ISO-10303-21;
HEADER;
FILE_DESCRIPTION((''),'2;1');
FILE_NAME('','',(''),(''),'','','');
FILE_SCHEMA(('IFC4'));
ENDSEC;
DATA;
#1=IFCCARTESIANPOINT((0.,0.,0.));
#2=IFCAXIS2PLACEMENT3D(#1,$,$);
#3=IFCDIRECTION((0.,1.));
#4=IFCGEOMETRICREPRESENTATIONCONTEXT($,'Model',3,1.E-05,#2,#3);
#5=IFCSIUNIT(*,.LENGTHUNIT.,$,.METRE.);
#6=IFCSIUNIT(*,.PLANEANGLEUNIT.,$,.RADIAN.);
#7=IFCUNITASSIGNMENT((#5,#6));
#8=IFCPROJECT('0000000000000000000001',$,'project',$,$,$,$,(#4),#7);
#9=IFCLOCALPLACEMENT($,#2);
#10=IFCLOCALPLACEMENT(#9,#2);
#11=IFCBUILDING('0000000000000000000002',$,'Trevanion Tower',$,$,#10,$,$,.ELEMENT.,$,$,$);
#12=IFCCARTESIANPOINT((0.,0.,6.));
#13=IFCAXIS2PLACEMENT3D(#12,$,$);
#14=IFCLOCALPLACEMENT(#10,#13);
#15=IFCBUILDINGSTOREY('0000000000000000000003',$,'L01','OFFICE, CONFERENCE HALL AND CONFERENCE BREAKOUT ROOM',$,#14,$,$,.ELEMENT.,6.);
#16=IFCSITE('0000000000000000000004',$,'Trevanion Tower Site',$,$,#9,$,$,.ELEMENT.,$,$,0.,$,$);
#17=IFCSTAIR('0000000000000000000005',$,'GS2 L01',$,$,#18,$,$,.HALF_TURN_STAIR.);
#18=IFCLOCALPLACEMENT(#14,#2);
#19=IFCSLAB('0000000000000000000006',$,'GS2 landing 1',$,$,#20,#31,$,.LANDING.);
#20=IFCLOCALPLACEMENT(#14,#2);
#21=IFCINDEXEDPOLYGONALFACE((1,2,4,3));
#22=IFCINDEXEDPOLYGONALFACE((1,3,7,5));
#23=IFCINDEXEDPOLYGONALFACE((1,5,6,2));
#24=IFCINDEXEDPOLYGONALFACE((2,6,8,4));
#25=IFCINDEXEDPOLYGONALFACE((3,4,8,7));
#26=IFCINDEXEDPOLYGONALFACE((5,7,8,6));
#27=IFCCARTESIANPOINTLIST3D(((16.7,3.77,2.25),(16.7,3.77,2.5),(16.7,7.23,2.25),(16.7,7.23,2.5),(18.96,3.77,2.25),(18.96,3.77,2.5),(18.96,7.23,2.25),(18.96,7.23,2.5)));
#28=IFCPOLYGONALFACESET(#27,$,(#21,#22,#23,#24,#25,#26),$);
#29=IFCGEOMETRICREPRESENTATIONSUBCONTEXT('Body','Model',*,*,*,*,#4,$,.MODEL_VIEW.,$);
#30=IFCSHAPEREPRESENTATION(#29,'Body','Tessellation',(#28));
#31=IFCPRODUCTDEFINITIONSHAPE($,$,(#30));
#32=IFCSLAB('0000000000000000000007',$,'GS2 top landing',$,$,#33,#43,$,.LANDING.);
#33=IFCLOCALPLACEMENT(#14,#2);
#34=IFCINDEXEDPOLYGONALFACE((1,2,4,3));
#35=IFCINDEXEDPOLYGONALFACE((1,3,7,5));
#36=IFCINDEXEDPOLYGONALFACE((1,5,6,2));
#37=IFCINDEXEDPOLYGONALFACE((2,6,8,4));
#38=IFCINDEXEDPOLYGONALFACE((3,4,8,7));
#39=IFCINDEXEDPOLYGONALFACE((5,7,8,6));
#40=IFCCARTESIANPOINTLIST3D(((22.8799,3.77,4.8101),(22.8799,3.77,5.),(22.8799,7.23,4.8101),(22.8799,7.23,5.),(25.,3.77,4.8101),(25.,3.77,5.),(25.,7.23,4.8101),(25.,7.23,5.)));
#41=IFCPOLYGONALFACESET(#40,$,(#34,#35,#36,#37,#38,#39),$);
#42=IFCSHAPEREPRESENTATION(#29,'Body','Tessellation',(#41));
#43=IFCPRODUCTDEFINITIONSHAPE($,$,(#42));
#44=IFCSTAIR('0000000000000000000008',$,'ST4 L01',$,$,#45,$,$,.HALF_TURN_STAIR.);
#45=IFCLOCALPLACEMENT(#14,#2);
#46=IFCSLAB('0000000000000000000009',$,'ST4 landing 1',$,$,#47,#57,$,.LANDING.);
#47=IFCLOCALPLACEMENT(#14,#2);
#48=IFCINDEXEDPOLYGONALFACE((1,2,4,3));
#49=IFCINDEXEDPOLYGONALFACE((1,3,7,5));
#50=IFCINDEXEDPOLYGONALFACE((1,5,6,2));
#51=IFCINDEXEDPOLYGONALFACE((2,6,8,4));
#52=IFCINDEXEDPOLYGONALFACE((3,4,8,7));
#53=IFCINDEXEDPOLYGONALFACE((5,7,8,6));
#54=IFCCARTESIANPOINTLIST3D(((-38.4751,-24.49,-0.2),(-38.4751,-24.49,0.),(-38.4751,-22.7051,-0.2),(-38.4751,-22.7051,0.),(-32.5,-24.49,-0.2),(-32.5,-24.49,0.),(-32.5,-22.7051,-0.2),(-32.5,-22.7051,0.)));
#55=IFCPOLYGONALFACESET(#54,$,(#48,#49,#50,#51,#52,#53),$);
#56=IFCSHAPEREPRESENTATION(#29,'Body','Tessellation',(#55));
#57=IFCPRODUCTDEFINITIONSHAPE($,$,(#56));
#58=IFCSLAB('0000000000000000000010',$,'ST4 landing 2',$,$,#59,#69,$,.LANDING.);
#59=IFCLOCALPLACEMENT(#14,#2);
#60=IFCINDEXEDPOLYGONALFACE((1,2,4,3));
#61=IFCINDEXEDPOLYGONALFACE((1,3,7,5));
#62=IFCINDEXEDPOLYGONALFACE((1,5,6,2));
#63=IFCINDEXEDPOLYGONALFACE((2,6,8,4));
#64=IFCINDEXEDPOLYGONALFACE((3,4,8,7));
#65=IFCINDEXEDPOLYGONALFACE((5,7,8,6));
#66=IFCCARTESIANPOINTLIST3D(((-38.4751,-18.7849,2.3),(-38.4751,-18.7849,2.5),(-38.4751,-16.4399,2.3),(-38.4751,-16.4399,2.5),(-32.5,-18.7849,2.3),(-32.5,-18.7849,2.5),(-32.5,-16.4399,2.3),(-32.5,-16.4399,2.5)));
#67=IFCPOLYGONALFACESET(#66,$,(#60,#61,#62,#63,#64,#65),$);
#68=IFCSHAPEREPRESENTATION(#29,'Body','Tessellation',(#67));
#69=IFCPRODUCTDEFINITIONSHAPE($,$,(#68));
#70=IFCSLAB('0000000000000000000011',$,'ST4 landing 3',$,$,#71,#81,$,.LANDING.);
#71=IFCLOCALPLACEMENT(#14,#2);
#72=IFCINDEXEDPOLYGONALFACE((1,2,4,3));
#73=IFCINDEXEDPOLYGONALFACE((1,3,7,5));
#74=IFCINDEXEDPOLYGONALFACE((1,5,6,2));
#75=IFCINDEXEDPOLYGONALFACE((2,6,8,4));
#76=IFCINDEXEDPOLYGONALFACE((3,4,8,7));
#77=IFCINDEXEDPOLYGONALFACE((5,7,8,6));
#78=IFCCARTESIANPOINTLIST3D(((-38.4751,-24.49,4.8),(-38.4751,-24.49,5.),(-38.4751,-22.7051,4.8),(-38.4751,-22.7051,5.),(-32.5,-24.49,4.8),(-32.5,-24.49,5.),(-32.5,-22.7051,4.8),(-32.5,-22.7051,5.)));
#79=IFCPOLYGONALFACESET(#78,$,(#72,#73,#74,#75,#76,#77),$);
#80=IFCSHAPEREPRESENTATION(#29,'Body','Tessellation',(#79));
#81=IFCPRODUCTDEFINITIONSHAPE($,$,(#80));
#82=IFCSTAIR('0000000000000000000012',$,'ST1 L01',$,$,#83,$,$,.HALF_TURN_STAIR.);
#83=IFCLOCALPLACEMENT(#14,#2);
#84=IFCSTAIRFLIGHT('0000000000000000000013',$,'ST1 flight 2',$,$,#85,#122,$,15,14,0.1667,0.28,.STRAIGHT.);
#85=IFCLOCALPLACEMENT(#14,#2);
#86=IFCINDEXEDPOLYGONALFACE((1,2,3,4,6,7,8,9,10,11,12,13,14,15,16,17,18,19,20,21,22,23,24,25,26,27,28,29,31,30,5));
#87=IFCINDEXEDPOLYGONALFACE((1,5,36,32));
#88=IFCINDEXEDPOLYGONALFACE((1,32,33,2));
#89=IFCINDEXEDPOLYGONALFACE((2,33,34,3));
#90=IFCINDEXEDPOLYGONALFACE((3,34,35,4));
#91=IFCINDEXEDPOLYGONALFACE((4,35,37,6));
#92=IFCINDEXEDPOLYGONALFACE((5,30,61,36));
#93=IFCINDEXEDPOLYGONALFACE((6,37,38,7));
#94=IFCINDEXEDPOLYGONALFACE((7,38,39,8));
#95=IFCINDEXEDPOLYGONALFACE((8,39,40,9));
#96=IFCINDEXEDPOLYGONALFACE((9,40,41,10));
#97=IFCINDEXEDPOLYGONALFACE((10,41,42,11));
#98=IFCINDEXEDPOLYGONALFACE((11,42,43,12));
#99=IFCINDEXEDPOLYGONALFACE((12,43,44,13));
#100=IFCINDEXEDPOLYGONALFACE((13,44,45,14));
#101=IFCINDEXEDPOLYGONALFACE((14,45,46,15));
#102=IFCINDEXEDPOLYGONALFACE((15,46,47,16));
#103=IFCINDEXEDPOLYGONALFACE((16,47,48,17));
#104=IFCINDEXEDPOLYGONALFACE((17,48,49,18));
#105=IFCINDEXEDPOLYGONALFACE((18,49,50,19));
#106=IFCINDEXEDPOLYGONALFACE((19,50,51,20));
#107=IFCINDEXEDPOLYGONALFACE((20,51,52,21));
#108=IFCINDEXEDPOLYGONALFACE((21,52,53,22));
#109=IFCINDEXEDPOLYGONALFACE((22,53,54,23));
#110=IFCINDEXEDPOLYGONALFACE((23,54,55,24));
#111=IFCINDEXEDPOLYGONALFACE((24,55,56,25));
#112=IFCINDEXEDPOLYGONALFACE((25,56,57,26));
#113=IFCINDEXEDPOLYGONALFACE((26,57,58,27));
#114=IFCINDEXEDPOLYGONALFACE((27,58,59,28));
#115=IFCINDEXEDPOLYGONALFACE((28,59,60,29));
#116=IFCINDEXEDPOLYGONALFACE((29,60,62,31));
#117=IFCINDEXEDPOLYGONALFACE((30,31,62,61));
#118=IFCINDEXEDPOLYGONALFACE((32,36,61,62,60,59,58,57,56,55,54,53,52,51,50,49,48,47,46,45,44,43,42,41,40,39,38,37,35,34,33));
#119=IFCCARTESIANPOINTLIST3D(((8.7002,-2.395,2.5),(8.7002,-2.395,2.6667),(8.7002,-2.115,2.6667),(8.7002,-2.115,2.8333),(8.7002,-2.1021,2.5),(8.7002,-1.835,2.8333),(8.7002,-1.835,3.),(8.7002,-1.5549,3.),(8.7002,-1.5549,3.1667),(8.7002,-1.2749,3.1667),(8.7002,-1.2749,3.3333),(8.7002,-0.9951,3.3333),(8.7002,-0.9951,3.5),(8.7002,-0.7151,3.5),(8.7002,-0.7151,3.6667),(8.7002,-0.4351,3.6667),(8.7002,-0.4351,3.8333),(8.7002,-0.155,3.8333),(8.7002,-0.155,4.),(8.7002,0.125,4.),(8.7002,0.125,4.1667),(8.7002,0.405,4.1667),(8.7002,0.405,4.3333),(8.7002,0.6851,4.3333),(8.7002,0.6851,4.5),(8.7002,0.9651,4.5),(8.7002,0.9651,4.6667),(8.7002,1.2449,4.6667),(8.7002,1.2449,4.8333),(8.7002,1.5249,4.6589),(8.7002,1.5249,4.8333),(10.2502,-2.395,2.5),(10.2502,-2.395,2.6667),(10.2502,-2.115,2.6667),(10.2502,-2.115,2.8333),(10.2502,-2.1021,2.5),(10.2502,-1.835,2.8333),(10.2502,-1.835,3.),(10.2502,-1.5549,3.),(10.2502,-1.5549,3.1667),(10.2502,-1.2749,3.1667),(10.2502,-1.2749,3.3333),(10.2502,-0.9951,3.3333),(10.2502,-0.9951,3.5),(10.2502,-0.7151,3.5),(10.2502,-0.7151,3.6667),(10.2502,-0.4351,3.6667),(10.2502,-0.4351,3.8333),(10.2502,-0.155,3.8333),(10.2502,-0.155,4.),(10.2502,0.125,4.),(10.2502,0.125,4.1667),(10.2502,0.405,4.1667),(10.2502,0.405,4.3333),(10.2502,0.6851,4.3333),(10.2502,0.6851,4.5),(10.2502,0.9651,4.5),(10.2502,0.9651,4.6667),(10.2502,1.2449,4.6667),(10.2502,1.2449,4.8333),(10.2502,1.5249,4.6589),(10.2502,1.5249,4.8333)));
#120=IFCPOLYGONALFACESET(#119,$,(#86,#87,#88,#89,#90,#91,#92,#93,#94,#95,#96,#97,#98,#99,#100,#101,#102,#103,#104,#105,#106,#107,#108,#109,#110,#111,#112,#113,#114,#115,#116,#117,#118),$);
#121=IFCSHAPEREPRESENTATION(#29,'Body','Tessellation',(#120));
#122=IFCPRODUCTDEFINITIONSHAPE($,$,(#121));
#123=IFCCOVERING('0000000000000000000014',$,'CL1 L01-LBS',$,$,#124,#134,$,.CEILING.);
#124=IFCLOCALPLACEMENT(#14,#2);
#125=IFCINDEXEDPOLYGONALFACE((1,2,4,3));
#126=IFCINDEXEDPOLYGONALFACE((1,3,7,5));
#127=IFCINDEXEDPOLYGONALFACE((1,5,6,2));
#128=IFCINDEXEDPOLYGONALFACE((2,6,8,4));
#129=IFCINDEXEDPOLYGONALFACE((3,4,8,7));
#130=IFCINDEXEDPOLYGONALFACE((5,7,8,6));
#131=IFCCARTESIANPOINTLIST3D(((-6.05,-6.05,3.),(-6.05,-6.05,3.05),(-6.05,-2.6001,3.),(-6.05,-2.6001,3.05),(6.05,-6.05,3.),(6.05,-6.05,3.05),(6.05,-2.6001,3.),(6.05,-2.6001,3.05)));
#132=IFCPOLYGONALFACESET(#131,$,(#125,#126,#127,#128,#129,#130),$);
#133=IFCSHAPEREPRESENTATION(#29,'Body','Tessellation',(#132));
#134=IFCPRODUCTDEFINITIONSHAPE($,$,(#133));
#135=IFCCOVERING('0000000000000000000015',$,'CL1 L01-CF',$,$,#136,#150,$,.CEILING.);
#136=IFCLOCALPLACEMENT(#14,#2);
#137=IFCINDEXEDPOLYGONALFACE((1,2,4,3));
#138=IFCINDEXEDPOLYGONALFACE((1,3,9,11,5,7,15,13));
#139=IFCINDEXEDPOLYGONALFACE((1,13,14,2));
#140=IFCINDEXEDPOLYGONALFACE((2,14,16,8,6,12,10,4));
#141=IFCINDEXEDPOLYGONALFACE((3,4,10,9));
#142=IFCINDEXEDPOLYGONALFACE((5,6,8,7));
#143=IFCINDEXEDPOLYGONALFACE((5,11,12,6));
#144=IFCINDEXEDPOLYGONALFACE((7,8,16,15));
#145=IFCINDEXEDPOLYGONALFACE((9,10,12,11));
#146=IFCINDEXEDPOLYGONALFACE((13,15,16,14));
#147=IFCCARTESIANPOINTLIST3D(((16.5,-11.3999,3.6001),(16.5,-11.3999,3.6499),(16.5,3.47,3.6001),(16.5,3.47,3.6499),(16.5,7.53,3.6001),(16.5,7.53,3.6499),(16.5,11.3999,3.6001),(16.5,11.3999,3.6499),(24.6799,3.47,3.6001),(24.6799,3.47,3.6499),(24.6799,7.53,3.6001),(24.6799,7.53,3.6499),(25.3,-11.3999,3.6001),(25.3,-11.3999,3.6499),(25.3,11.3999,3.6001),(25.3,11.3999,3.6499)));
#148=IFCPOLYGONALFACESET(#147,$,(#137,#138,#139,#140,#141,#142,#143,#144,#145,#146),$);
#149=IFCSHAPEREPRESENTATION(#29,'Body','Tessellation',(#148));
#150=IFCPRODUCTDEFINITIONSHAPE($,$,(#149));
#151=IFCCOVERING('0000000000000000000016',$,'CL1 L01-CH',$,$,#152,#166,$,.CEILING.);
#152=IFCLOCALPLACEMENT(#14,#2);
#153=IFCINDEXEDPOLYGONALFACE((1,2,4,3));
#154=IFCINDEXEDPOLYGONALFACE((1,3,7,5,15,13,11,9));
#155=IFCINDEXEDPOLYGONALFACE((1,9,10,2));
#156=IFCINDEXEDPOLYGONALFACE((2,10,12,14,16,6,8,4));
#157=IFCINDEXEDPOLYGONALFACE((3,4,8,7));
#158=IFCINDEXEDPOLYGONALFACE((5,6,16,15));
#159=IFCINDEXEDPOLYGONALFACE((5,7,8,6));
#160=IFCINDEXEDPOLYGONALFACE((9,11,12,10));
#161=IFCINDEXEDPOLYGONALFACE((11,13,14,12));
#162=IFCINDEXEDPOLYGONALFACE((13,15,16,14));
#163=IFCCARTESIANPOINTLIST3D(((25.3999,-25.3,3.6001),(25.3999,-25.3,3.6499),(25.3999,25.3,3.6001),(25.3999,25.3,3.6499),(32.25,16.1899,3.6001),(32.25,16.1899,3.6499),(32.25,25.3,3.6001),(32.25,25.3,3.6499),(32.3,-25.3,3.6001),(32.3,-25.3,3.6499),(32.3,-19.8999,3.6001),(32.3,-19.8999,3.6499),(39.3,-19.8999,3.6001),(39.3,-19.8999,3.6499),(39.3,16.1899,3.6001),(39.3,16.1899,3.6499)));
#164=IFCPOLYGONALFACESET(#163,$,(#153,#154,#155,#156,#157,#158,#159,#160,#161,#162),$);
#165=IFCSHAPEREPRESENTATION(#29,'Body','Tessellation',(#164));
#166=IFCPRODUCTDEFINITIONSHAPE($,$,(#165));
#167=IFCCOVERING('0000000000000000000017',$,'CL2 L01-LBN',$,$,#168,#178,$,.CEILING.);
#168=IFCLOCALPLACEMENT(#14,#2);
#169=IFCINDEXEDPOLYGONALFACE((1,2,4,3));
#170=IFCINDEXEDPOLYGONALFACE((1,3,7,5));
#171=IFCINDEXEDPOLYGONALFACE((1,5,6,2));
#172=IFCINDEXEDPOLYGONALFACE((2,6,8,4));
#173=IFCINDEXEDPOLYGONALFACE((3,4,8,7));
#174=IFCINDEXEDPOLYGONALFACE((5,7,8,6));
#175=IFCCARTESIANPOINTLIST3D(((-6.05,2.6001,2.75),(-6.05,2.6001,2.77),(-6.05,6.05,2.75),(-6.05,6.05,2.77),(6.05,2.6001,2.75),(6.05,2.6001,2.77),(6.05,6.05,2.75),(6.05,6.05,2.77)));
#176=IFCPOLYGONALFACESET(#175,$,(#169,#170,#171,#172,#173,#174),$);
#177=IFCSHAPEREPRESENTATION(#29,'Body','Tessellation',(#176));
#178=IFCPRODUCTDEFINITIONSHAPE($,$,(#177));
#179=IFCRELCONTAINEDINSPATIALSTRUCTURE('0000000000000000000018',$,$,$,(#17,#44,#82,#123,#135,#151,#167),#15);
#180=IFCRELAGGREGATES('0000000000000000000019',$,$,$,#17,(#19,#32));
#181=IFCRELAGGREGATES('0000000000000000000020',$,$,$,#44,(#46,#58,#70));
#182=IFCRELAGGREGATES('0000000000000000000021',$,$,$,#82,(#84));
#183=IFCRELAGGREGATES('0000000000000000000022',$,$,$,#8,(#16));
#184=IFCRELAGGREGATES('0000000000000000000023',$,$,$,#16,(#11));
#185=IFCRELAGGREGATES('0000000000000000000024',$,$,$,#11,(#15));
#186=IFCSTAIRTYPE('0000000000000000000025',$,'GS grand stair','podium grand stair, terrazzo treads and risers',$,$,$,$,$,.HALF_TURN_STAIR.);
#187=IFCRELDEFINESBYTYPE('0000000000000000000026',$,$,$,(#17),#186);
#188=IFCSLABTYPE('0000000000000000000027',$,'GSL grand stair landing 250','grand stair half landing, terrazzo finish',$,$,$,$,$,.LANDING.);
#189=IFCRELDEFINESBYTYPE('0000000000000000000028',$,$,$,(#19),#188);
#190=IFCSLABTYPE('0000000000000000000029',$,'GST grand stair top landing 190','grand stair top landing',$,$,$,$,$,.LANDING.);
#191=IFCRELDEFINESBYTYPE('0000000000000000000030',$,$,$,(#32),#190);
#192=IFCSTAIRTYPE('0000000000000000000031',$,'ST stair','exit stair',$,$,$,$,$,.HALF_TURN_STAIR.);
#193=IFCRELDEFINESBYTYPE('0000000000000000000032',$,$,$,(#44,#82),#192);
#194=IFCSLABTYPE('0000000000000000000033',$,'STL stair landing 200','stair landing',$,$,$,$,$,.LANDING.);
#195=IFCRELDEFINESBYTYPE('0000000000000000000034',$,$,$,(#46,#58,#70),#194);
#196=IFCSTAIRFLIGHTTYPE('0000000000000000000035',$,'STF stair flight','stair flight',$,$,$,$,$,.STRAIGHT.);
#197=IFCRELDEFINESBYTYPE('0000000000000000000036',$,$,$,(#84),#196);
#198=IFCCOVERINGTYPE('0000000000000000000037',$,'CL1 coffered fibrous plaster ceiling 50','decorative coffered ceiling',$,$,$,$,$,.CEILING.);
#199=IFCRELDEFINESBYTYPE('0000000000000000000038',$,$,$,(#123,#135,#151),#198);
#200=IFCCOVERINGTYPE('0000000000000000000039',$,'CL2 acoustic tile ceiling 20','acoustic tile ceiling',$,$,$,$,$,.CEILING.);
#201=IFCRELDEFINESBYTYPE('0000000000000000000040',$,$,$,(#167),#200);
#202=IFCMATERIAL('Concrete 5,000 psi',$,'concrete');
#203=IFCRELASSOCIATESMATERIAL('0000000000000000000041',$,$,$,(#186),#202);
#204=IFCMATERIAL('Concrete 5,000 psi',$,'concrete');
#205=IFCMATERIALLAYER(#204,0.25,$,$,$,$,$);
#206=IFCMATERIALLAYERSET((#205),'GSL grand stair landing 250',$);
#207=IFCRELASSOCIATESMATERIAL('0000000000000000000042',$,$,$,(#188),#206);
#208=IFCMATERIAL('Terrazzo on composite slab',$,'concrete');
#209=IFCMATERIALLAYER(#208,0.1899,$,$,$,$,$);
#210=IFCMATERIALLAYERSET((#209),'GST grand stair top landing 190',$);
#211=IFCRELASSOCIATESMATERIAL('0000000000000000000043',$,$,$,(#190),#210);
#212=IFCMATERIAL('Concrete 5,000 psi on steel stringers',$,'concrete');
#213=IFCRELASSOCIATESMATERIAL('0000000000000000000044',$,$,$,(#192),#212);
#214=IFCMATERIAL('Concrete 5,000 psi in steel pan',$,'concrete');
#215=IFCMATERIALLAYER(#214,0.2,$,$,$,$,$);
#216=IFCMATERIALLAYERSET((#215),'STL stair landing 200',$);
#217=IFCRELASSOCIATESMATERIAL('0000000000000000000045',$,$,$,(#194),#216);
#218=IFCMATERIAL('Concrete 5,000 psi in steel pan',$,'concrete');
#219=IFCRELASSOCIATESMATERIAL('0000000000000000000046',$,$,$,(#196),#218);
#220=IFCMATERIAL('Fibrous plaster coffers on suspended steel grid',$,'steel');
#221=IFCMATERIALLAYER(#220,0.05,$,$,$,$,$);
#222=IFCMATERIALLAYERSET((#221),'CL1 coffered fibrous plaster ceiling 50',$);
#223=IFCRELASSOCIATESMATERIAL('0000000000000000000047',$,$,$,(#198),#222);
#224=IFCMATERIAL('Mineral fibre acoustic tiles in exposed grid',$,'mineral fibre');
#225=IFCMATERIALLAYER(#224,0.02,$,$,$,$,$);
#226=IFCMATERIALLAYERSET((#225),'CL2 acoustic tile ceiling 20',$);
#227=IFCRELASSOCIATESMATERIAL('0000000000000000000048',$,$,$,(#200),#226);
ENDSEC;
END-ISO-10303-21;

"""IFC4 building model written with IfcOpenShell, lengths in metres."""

from ifc_helpers import new_model, si_unit, direction, frame, origin, place, context, subcontext, project, spatial, polyline, outline, extrude, material, layer, layer_set, type_object, element, aggregate, save


model = new_model("IFC4")

# Units and contexts
model_context = context("Model", 3, precision=1e-05, world=origin(), true_north=direction((0.0, 1.0)))
body_context = subcontext(model_context, "Body", "Model", "MODEL_VIEW")
ifc_project = project(units=[si_unit("LENGTHUNIT", "METRE"), si_unit("PLANEANGLEUNIT", "RADIAN")], contexts=[model_context])

# Site, building, storey
site_placement = place(None, origin())
site = spatial("IfcSite", under=ifc_project, at=site_placement, Name="Trevanion Tower Site", CompositionType="ELEMENT", RefElevation=0.0)
building_placement = place(site_placement, origin())
building = spatial("IfcBuilding", under=site, at=building_placement, Name="Trevanion Tower", CompositionType="ELEMENT")
storey_placement = place(building_placement, frame((0.0, 0.0, 6.0)))
storey = spatial("IfcBuildingStorey", under=building, at=storey_placement, Name="L01", Description="OFFICE, CONFERENCE HALL AND CONFERENCE BREAKOUT ROOM", CompositionType="ELEMENT", Elevation=6.0)

# Stairs, slabs
ifc_material_1 = material(Name="Concrete 5,000 psi", Category="concrete")
stair_type_1 = type_object("IfcStairType", Name="GS grand stair", Description="podium grand stair, terrazzo treads and risers", PredefinedType="HALF_TURN_STAIR", material=ifc_material_1)
stair_1_placement = place(storey_placement, origin())
stair_1 = element("IfcStair", 1, at=stair_1_placement, inside=storey, type_object=stair_type_1, Name="GS2 L01", PredefinedType="HALF_TURN_STAIR")
ifc_material_2 = material(Name="Concrete 5,000 psi", Category="concrete")
ifc_layer_1 = layer(ifc_material_2, 0.25)
ifc_layer_set_1 = layer_set([ifc_layer_1], Name="GSL grand stair landing 250")
slab_type_1 = type_object("IfcSlabType", Name="GSL grand stair landing 250", Description="grand stair half landing, terrazzo finish", PredefinedType="LANDING", material=ifc_layer_set_1)
slab_1_placement = place(storey_placement, frame((0.0, 0.0, 2.25)))
slab_1 = element("IfcSlab", 2, at=slab_1_placement, type_object=slab_type_1, Name="GS2 landing 1", PredefinedType="LANDING", context=body_context, shape_type="SweptSolid", body=[
    extrude(outline(polyline([(16.7, 3.77), (18.96, 3.77), (18.96, 7.23), (16.7, 7.23), (16.7, 3.77)])), origin(), (0.0, 0.0, 1.0), 0.25),
])
ifc_material_3 = material(Name="Terrazzo on composite slab", Category="concrete")
ifc_layer_2 = layer(ifc_material_3, 0.1899)
ifc_layer_set_2 = layer_set([ifc_layer_2], Name="GST grand stair top landing 190")
slab_type_2 = type_object("IfcSlabType", Name="GST grand stair top landing 190", Description="grand stair top landing", PredefinedType="LANDING", material=ifc_layer_set_2)
slab_2_placement = place(storey_placement, frame((0.0, 0.0, 4.8101)))
slab_2 = element("IfcSlab", 3, at=slab_2_placement, type_object=slab_type_2, Name="GS2 top landing", PredefinedType="LANDING", context=body_context, shape_type="SweptSolid", body=[
    extrude(outline(polyline([(22.8799, 3.77), (25.0, 3.77), (25.0, 7.23), (22.8799, 7.23), (22.8799, 3.77)])), origin(), (0.0, 0.0, 1.0), 0.1899),
])
aggregate(stair_1, [slab_1, slab_2])
ifc_material_4 = material(Name="Concrete 5,000 psi on steel stringers", Category="concrete")
stair_type_2 = type_object("IfcStairType", Name="ST stair", Description="exit stair", PredefinedType="HALF_TURN_STAIR", material=ifc_material_4)
stair_2_placement = place(storey_placement, origin())
stair_2 = element("IfcStair", 4, at=stair_2_placement, inside=storey, type_object=stair_type_2, Name="ST4 L01", PredefinedType="HALF_TURN_STAIR")
ifc_material_5 = material(Name="Concrete 5,000 psi in steel pan", Category="concrete")
ifc_layer_3 = layer(ifc_material_5, 0.2)
ifc_layer_set_3 = layer_set([ifc_layer_3], Name="STL stair landing 200")
slab_type_3 = type_object("IfcSlabType", Name="STL stair landing 200", Description="stair landing", PredefinedType="LANDING", material=ifc_layer_set_3)
slab_3_placement = place(storey_placement, frame((0.0, 0.0, -0.2)))
slab_3 = element("IfcSlab", 5, at=slab_3_placement, type_object=slab_type_3, Name="ST4 landing 1", PredefinedType="LANDING", context=body_context, shape_type="SweptSolid", body=[
    extrude(outline(polyline([(-32.5, -22.7051), (-38.4751, -22.7051), (-38.4751, -24.49), (-32.5, -24.49), (-32.5, -22.7051)])), origin(), (0.0, 0.0, 1.0), 0.2),
])
slab_4_placement = place(storey_placement, frame((0.0, 0.0, 2.3)))
slab_4 = element("IfcSlab", 6, at=slab_4_placement, type_object=slab_type_3, Name="ST4 landing 2", PredefinedType="LANDING", context=body_context, shape_type="SweptSolid", body=[
    extrude(outline(polyline([(-32.5, -16.4399), (-38.4751, -16.4399), (-38.4751, -18.7849), (-32.5, -18.7849), (-32.5, -16.4399)])), origin(), (0.0, 0.0, 1.0), 0.2),
])
slab_5_placement = place(storey_placement, frame((0.0, 0.0, 4.8)))
slab_5 = element("IfcSlab", 7, at=slab_5_placement, type_object=slab_type_3, Name="ST4 landing 3", PredefinedType="LANDING", context=body_context, shape_type="SweptSolid", body=[
    extrude(outline(polyline([(-32.5, -22.7051), (-38.4751, -22.7051), (-38.4751, -24.49), (-32.5, -24.49), (-32.5, -22.7051)])), origin(), (0.0, 0.0, 1.0), 0.2),
])
aggregate(stair_2, [slab_3, slab_4, slab_5])

# Stair, stair flight
stair_3_placement = place(storey_placement, origin())
stair_3 = element("IfcStair", 8, at=stair_3_placement, inside=storey, type_object=stair_type_2, Name="ST1 L01", PredefinedType="HALF_TURN_STAIR")
ifc_material_6 = material(Name="Concrete 5,000 psi in steel pan", Category="concrete")
stair_flight_type = type_object("IfcStairFlightType", Name="STF stair flight", Description="stair flight", PredefinedType="STRAIGHT", material=ifc_material_6)
stair_flight_placement = place(storey_placement, frame((9.4751, -2.395, 2.5), z_axis=(0.0, 0.0, 1.0), x_axis=(0.0, 1.0, 0.0)))
stair_flight = element("IfcStairFlight", 9, at=stair_flight_placement, type_object=stair_flight_type, Name="ST1 flight 2", NumberOfRisers=15, NumberOfTreads=14, PredefinedType="STRAIGHT", RiserHeight=0.1667, TreadLength=0.28, context=body_context, shape_type="SweptSolid", body=[
    extrude(outline(polyline([(0.0, 0.0), (0.0, 0.1667), (0.28, 0.1667), (0.28, 0.3333), (0.5601, 0.3333), (0.5601, 0.5), (0.8401, 0.5), (0.8401, 0.6667), (1.1201, 0.6667), (1.1201, 0.8333), (1.3999, 0.8333), (1.3999, 1.0), (1.6799, 1.0), (1.6799, 1.1667), (1.96, 1.1667), (1.96, 1.3333), (2.24, 1.3333), (2.24, 1.5), (2.52, 1.5), (2.52, 1.6667), (2.8, 1.6667), (2.8, 1.8333), (3.0801, 1.8333), (3.0801, 2.0), (3.3601, 2.0), (3.3601, 2.1667), (3.6399, 2.1667), (3.6399, 2.3333), (3.9199, 2.3333), (3.9199, 2.5), (3.9199, 2.1589), (0.293, 0.0), (0.0, 0.0)])), frame((0.0, 0.7749, 0.0), z_axis=(0.0, -1.0, 0.0), x_axis=(1.0, 0.0, 0.0)), (0.0, 0.0, 1.0), 1.55),
])
aggregate(stair_3, [stair_flight])

# Coverings
ifc_material_7 = material(Name="Fibrous plaster coffers on suspended steel grid", Category="steel")
ifc_layer_4 = layer(ifc_material_7, 0.05)
ifc_layer_set_4 = layer_set([ifc_layer_4], Name="CL1 coffered fibrous plaster ceiling 50")
covering_type_1 = type_object("IfcCoveringType", Name="CL1 coffered fibrous plaster ceiling 50", Description="decorative coffered ceiling", PredefinedType="CEILING", material=ifc_layer_set_4)
covering_1_placement = place(storey_placement, frame((0.0, 0.0, 3.0)))
element("IfcCovering", 10, at=covering_1_placement, inside=storey, type_object=covering_type_1, Name="CL1 L01-LBS", PredefinedType="CEILING", context=body_context, shape_type="SweptSolid", body=[
    extrude(outline(polyline([(-6.05, -6.05), (-6.05, -2.6001), (6.05, -2.6001), (6.05, -6.05), (-6.05, -6.05)])), origin(), (0.0, 0.0, 1.0), 0.05),
])
covering_2_placement = place(storey_placement, frame((0.0, 0.0, 3.6001)))
element("IfcCovering", 11, at=covering_2_placement, inside=storey, type_object=covering_type_1, Name="CL1 L01-CF", PredefinedType="CEILING", context=body_context, shape_type="SweptSolid", body=[
    extrude(outline(polyline([(16.5, -11.3999), (16.5, 3.47), (24.6799, 3.47), (24.6799, 7.53), (16.5, 7.53), (16.5, 11.3999), (25.3, 11.3999), (25.3, -11.3999), (16.5, -11.3999)])), origin(), (0.0, 0.0, 1.0), 0.0498),
])
covering_3_placement = place(storey_placement, frame((0.0, 0.0, 3.6001)))
element("IfcCovering", 12, at=covering_3_placement, inside=storey, type_object=covering_type_1, Name="CL1 L01-CH", PredefinedType="CEILING", context=body_context, shape_type="SweptSolid", body=[
    extrude(outline(polyline([(25.3999, 25.3), (32.25, 25.3), (32.25, 16.1899), (39.3, 16.1899), (39.3, -19.8999), (32.3, -19.8999), (32.3, -25.3), (25.3999, -25.3), (25.3999, 25.3)])), origin(), (0.0, 0.0, 1.0), 0.0498),
])
ifc_material_8 = material(Name="Mineral fibre acoustic tiles in exposed grid", Category="mineral fibre")
ifc_layer_5 = layer(ifc_material_8, 0.02)
ifc_layer_set_5 = layer_set([ifc_layer_5], Name="CL2 acoustic tile ceiling 20")
covering_type_2 = type_object("IfcCoveringType", Name="CL2 acoustic tile ceiling 20", Description="acoustic tile ceiling", PredefinedType="CEILING", material=ifc_layer_set_5)
covering_4_placement = place(storey_placement, frame((0.0, 0.0, 2.75)))
element("IfcCovering", 13, at=covering_4_placement, inside=storey, type_object=covering_type_2, Name="CL2 L01-LBN", PredefinedType="CEILING", context=body_context, shape_type="SweptSolid", body=[
    extrude(outline(polyline([(-6.05, 2.6001), (-6.05, 6.05), (6.05, 6.05), (6.05, 2.6001), (-6.05, 2.6001)])), origin(), (0.0, 0.0, 1.0), 0.02),
])

save(model, "model.ifc")
